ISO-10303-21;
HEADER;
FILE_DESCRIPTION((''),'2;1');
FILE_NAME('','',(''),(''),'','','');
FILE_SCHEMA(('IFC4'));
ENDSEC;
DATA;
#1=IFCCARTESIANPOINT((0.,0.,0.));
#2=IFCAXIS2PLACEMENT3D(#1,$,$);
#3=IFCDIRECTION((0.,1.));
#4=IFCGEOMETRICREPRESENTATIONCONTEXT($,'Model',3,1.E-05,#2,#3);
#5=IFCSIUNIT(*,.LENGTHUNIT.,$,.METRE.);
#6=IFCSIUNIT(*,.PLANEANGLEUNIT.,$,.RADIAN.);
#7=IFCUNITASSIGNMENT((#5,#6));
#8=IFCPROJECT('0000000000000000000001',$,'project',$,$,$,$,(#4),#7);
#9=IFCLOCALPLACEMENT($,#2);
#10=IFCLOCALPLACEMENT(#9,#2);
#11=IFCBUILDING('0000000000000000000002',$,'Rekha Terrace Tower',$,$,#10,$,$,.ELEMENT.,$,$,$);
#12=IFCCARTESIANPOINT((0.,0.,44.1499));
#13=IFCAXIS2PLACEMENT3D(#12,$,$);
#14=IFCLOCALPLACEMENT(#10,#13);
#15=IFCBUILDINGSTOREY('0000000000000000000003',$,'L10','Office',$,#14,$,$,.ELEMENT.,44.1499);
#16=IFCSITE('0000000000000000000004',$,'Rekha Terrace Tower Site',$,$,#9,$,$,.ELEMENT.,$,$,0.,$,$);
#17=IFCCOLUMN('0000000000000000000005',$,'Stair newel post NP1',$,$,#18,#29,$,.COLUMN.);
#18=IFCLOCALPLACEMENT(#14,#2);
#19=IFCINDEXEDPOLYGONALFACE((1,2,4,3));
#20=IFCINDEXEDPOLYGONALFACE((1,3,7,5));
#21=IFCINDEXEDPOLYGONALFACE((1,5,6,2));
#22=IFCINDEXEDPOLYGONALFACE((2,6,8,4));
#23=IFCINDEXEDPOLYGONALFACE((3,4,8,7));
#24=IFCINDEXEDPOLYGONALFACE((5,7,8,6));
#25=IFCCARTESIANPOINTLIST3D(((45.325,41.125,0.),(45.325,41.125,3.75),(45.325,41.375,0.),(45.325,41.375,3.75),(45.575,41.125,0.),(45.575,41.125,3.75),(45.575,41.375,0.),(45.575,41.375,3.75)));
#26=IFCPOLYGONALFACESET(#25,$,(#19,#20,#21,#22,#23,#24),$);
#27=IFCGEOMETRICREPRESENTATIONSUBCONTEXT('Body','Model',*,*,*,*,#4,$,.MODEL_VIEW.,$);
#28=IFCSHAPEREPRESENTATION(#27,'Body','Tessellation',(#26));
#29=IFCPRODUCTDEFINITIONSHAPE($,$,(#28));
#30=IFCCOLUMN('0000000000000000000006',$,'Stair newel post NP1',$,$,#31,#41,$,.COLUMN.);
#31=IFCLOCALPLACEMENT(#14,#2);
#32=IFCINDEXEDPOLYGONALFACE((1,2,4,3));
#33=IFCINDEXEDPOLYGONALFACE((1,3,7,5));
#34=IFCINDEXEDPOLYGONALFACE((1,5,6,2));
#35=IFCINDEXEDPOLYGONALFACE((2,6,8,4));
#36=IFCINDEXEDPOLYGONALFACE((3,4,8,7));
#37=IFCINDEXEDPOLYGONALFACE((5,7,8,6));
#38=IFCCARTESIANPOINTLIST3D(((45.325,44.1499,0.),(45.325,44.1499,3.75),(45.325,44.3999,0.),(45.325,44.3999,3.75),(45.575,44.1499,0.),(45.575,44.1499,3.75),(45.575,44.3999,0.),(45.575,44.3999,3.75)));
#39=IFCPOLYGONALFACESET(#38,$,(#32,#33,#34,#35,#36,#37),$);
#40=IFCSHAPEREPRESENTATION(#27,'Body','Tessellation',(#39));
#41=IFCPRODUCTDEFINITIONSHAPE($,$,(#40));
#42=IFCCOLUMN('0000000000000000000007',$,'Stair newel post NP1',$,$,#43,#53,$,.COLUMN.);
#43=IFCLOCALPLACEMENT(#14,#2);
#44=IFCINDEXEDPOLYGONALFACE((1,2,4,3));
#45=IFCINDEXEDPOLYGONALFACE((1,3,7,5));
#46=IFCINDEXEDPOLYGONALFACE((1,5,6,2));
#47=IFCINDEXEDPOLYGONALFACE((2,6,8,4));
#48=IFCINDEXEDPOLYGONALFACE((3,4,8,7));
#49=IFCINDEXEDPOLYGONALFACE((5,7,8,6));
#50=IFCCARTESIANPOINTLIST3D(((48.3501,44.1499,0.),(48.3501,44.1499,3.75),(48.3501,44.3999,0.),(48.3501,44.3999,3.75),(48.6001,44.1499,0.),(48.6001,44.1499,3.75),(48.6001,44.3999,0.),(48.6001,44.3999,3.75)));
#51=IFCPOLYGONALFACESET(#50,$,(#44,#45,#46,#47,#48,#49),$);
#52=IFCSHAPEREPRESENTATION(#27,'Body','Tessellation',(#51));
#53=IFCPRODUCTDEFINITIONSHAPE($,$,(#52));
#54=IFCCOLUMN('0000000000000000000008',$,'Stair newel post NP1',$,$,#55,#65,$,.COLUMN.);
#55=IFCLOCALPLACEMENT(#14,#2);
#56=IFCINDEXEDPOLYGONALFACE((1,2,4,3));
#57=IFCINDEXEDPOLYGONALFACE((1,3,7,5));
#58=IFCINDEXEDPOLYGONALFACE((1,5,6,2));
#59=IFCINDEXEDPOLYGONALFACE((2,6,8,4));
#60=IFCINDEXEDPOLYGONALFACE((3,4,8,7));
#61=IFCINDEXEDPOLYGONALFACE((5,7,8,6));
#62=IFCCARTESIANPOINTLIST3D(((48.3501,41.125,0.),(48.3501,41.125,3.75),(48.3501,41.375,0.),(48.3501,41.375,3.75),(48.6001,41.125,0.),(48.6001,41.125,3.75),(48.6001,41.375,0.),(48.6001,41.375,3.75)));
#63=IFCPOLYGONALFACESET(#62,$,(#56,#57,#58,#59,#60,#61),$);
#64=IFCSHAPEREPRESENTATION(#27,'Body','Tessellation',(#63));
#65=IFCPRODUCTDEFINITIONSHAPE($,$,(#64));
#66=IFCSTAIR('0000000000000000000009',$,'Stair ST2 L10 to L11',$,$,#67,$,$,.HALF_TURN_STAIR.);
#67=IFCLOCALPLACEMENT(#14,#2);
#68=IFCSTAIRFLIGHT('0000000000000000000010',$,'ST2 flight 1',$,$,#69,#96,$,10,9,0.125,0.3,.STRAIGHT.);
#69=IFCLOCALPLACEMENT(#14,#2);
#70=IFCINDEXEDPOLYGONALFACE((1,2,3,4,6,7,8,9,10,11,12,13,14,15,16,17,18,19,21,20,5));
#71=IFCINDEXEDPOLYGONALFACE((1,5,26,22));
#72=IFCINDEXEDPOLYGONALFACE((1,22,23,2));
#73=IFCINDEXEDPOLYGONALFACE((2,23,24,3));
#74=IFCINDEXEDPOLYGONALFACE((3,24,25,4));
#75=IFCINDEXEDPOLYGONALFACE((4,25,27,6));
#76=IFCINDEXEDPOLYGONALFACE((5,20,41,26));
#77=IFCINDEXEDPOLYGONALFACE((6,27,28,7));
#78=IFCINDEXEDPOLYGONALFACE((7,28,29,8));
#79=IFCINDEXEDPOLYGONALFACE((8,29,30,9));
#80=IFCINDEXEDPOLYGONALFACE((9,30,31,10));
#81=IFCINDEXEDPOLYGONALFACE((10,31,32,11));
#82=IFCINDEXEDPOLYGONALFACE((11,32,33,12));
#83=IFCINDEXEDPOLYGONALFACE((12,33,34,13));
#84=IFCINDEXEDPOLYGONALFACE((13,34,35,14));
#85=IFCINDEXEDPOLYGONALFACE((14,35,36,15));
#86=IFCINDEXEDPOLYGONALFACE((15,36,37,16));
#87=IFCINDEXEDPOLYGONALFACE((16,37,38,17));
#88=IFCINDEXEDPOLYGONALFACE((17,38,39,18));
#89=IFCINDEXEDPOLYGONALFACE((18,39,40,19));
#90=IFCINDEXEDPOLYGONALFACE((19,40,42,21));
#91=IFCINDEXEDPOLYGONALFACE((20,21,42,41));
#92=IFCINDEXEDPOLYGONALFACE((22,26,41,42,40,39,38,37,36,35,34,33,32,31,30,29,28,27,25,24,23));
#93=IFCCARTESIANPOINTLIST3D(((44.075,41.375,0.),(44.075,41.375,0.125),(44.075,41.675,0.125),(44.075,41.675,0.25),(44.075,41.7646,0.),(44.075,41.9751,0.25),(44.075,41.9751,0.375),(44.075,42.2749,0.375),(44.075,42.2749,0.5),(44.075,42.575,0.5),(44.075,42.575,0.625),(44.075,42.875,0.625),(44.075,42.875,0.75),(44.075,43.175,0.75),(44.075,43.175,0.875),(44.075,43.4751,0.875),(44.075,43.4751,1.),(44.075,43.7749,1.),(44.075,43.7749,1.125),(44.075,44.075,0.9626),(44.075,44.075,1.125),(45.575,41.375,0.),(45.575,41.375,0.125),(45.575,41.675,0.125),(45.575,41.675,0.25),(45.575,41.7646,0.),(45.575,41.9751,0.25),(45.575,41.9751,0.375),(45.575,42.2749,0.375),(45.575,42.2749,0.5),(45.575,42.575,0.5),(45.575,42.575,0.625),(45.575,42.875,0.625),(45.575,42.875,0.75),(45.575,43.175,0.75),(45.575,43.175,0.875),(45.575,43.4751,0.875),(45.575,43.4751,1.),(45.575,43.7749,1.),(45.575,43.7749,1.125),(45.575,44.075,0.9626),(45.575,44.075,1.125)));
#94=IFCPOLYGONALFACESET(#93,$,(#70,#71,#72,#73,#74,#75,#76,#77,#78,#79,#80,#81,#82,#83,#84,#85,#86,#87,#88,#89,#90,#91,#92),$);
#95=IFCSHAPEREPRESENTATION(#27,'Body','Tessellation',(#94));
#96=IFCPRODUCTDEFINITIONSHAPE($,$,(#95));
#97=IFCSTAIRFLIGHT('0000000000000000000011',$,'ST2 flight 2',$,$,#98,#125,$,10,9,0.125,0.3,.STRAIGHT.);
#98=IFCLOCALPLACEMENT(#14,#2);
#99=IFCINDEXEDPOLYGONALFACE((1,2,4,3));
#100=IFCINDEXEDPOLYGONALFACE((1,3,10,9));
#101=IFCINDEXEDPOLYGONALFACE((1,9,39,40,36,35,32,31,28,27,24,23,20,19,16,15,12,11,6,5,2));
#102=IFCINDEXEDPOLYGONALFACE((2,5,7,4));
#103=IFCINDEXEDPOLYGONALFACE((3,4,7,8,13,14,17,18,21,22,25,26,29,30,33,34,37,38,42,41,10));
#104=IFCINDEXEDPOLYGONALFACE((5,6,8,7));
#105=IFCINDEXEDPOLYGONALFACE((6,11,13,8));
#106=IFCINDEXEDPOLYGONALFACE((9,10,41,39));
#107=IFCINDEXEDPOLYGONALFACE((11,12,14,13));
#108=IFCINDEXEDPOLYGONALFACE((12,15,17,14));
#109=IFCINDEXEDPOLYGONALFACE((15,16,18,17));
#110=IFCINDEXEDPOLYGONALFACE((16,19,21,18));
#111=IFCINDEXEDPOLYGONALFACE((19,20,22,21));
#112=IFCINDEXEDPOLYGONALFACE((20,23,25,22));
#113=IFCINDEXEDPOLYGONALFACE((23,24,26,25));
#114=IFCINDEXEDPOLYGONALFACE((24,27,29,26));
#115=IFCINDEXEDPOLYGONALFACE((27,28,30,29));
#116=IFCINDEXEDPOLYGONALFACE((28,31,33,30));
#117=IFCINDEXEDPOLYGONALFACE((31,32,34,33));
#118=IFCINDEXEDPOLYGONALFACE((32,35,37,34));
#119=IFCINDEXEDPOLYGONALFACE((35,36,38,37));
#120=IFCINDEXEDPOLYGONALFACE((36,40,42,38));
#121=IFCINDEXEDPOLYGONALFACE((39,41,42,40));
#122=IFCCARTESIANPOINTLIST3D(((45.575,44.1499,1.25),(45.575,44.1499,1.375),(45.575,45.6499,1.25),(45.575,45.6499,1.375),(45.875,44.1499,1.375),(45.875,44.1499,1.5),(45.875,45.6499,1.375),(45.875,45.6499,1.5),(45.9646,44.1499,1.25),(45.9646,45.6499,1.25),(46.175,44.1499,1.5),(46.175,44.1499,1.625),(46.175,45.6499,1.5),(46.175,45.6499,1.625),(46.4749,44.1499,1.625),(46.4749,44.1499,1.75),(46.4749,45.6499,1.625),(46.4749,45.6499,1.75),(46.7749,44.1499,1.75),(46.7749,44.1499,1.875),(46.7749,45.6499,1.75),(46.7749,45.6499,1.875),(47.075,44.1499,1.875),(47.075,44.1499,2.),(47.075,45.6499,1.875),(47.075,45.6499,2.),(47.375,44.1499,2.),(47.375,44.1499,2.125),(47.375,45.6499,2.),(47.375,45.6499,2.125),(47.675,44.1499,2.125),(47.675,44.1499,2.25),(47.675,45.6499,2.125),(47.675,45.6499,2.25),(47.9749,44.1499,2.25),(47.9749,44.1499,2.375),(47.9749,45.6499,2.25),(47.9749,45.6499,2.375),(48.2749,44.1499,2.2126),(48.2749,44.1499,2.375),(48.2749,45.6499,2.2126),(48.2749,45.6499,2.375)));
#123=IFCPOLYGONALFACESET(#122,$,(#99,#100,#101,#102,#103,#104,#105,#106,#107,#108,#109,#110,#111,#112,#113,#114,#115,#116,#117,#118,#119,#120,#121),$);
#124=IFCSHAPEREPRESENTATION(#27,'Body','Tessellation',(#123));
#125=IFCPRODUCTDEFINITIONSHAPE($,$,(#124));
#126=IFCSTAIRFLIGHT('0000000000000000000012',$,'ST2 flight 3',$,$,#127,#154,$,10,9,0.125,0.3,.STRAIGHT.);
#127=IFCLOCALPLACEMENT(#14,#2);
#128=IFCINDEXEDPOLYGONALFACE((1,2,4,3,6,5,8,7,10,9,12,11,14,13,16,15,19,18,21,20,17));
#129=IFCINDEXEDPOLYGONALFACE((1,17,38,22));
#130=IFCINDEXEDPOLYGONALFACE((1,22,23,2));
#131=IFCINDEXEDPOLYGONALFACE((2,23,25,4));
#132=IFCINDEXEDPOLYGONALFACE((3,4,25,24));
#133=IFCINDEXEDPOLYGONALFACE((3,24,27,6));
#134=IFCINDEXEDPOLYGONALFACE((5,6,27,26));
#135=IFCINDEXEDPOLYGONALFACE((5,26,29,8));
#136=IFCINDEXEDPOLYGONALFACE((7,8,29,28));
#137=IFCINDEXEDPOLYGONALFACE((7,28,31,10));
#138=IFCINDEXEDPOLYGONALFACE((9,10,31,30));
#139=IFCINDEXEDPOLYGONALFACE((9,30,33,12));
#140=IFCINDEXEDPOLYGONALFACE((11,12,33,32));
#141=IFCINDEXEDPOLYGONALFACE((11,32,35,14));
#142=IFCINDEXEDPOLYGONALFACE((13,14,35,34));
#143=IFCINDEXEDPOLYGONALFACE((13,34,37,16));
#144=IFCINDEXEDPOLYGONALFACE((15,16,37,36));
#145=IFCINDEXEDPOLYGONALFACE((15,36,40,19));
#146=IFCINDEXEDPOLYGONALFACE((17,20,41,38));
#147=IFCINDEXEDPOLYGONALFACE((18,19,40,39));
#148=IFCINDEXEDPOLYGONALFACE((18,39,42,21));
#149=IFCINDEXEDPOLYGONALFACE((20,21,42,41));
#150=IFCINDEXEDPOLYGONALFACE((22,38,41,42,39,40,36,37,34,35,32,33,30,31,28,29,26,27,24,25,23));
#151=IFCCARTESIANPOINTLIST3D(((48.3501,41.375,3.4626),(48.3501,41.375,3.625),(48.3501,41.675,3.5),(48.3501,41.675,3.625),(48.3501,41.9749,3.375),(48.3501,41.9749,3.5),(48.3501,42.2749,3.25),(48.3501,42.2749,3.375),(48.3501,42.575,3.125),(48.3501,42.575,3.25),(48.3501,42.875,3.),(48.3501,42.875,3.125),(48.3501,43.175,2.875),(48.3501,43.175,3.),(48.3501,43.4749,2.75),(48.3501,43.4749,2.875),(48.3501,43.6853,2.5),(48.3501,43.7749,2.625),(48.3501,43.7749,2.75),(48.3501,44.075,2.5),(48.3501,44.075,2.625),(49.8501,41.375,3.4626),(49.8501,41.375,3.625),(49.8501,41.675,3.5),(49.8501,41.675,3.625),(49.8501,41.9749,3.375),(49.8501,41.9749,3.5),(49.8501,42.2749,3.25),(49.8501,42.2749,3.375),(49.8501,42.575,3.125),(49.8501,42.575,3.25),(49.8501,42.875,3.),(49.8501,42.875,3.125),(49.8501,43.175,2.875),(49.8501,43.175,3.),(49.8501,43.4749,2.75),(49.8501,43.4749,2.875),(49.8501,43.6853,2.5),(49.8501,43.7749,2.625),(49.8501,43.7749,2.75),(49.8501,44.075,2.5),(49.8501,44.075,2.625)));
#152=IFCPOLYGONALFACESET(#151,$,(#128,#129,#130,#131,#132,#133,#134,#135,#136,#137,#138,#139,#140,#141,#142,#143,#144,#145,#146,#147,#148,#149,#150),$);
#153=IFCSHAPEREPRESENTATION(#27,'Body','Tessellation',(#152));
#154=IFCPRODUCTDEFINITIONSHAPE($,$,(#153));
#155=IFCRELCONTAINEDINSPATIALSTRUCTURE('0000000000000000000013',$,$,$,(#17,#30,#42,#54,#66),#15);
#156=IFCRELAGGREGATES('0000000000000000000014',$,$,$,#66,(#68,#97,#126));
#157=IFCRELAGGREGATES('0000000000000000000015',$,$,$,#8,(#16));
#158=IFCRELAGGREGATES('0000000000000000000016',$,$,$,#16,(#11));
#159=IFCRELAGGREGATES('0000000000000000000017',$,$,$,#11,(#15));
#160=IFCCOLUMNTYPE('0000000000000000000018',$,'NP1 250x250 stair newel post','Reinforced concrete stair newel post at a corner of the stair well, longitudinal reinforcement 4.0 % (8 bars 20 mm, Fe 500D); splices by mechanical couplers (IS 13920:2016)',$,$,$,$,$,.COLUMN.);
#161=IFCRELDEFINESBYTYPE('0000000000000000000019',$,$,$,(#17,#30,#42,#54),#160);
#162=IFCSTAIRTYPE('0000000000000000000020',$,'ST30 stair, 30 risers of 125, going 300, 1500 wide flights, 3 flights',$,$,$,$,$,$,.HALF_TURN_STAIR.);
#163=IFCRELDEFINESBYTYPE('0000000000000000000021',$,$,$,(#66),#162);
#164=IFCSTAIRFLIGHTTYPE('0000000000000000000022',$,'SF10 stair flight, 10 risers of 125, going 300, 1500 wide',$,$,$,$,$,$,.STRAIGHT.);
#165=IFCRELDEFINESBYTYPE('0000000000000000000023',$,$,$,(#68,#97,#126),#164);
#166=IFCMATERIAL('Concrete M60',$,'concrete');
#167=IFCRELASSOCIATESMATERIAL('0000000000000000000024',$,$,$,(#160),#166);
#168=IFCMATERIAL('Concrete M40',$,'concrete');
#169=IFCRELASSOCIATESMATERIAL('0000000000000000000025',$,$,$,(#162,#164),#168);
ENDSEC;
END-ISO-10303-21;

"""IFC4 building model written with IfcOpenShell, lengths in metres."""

from ifc_helpers import new_model, si_unit, direction, frame, origin, origin_2d, place, context, subcontext, project, spatial, polyline, rectangle, outline, extrude, material, material_profile, profile_set, type_object, element, aggregate, save


model = new_model("IFC4")

# Units and contexts
model_context = context("Model", 3, precision=1e-05, world=origin(), true_north=direction((0.0, 1.0)))
body_context = subcontext(model_context, "Body", "Model", "MODEL_VIEW")
ifc_project = project(units=[si_unit("LENGTHUNIT", "METRE"), si_unit("PLANEANGLEUNIT", "RADIAN")], contexts=[model_context])

# Site, building, storey
site_placement = place(None, origin())
site = spatial("IfcSite", under=ifc_project, at=site_placement, Name="Rekha Terrace Tower Site", CompositionType="ELEMENT", RefElevation=0.0)
building_placement = place(site_placement, origin())
building = spatial("IfcBuilding", under=site, at=building_placement, Name="Rekha Terrace Tower", CompositionType="ELEMENT")
storey_placement = place(building_placement, frame((0.0, 0.0, 44.1499)))
storey = spatial("IfcBuildingStorey", under=building, at=storey_placement, Name="L10", Description="Office", CompositionType="ELEMENT", Elevation=44.1499)

# Columns
ifc_material_1 = material(Name="Concrete M60", Category="concrete")
ifc_material_profile = material_profile(ifc_material_1, rectangle(XDim=0.25, YDim=0.25, at=origin_2d()), Name="RC 250x250")
ifc_profile_set = profile_set([ifc_material_profile], Name="Concrete M60")
column_type = type_object("IfcColumnType", Name="NP1 250x250 stair newel post", Description="Reinforced concrete stair newel post at a corner of the stair well, longitudinal reinforcement 4.0 % (8 bars 20 mm, Fe 500D); splices by mechanical couplers (IS 13920:2016)", PredefinedType="COLUMN", material=ifc_profile_set)
for number, where, z_axis, x_axis, name in (
    (1, (45.45, 41.25, 0.0), (0.0, 0.0, 1.0), (1.0, 0.0, 0.0), "Stair newel post NP1"),
    (2, (45.45, 44.2749, 0.0), (0.0, 0.0, 1.0), (1.0, 0.0, 0.0), "Stair newel post NP1"),
    (3, (48.4751, 44.2749, 0.0), (0.0, 0.0, 1.0), (1.0, 0.0, 0.0), "Stair newel post NP1"),
    (4, (48.4751, 41.25, 0.0), (0.0, 0.0, 1.0), (1.0, 0.0, 0.0), "Stair newel post NP1"),
):
    element("IfcColumn", number, at=place(storey_placement, frame(where, z_axis=z_axis, x_axis=x_axis)), inside=storey, type_object=column_type, Name=name, PredefinedType="COLUMN", context=body_context, shape_type="SweptSolid", body=[
        extrude(rectangle(XDim=0.25, YDim=0.25, at=origin_2d()), origin(), (0.0, 0.0, 1.0), 3.75),
    ])

# Stair, stair flights
ifc_material_2 = material(Name="Concrete M40", Category="concrete")
stair_type = type_object("IfcStairType", Name="ST30 stair, 30 risers of 125, going 300, 1500 wide flights, 3 flights", PredefinedType="HALF_TURN_STAIR", material=ifc_material_2)
stair_placement = place(storey_placement, origin())
stair = element("IfcStair", 5, at=stair_placement, inside=storey, type_object=stair_type, Name="Stair ST2 L10 to L11", PredefinedType="HALF_TURN_STAIR")
stair_flight_type = type_object("IfcStairFlightType", Name="SF10 stair flight, 10 risers of 125, going 300, 1500 wide", PredefinedType="STRAIGHT", material=ifc_material_2)
stair_flight_1_placement = place(storey_placement, frame((44.825, 41.375, 0.0), z_axis=(0.0, 0.0, 1.0), x_axis=(0.0, 1.0, 0.0)))
stair_flight_1 = element("IfcStairFlight", 6, at=stair_flight_1_placement, type_object=stair_flight_type, Name="ST2 flight 1", NumberOfRisers=10, NumberOfTreads=9, PredefinedType="STRAIGHT", RiserHeight=0.125, TreadLength=0.3, context=body_context, shape_type="SweptSolid", body=[
    extrude(outline(polyline([(0.0, 0.0), (0.0, 0.125), (0.3, 0.125), (0.3, 0.25), (0.6001, 0.25), (0.6001, 0.375), (0.8999, 0.375), (0.8999, 0.5), (1.2, 0.5), (1.2, 0.625), (1.5, 0.625), (1.5, 0.75), (1.8, 0.75), (1.8, 0.875), (2.1001, 0.875), (2.1001, 1.0), (2.3999, 1.0), (2.3999, 1.125), (2.7, 1.125), (2.7, 1.25), (2.7, 0.9626), (0.3896, 0.0), (0.0, 0.0)])), frame((0.0, 0.75, 0.0), z_axis=(0.0, -1.0, 0.0), x_axis=(1.0, 0.0, 0.0)), (0.0, 0.0, 1.0), 1.5),
])
stair_flight_2_placement = place(storey_placement, frame((45.575, 44.8999, 1.25), z_axis=(0.0, 0.0, 1.0), x_axis=(1.0, 0.0, 0.0)))
stair_flight_2 = element("IfcStairFlight", 7, at=stair_flight_2_placement, type_object=stair_flight_type, Name="ST2 flight 2", NumberOfRisers=10, NumberOfTreads=9, PredefinedType="STRAIGHT", RiserHeight=0.125, TreadLength=0.3, context=body_context, shape_type="SweptSolid", body=[
    extrude(outline(polyline([(0.0, 0.0), (0.0, 0.125), (0.3, 0.125), (0.3, 0.25), (0.6001, 0.25), (0.6001, 0.375), (0.8999, 0.375), (0.8999, 0.5), (1.2, 0.5), (1.2, 0.625), (1.5, 0.625), (1.5, 0.75), (1.8, 0.75), (1.8, 0.875), (2.1001, 0.875), (2.1001, 1.0), (2.3999, 1.0), (2.3999, 1.125), (2.7, 1.125), (2.7, 1.25), (2.7, 0.9626), (0.3896, 0.0), (0.0, 0.0)])), frame((0.0, 0.75, 0.0), z_axis=(0.0, -1.0, 0.0), x_axis=(1.0, 0.0, 0.0)), (0.0, 0.0, 1.0), 1.5),
])
stair_flight_3_placement = place(storey_placement, frame((49.1001, 44.075, 2.5), z_axis=(0.0, 0.0, 1.0), x_axis=(0.0, -1.0, 0.0)))
stair_flight_3 = element("IfcStairFlight", 8, at=stair_flight_3_placement, type_object=stair_flight_type, Name="ST2 flight 3", NumberOfRisers=10, NumberOfTreads=9, PredefinedType="STRAIGHT", RiserHeight=0.125, TreadLength=0.3, context=body_context, shape_type="SweptSolid", body=[
    extrude(outline(polyline([(0.0, 0.0), (0.0, 0.125), (0.3, 0.125), (0.3, 0.25), (0.6001, 0.25), (0.6001, 0.375), (0.8999, 0.375), (0.8999, 0.5), (1.2, 0.5), (1.2, 0.625), (1.5, 0.625), (1.5, 0.75), (1.8, 0.75), (1.8, 0.875), (2.1001, 0.875), (2.1001, 1.0), (2.3999, 1.0), (2.3999, 1.125), (2.7, 1.125), (2.7, 1.25), (2.7, 0.9626), (0.3896, 0.0), (0.0, 0.0)])), frame((0.0, 0.75, 0.0), z_axis=(0.0, -1.0, 0.0), x_axis=(1.0, 0.0, 0.0)), (0.0, 0.0, 1.0), 1.5),
])
aggregate(stair, [stair_flight_1, stair_flight_2, stair_flight_3])

save(model, "model.ifc")
